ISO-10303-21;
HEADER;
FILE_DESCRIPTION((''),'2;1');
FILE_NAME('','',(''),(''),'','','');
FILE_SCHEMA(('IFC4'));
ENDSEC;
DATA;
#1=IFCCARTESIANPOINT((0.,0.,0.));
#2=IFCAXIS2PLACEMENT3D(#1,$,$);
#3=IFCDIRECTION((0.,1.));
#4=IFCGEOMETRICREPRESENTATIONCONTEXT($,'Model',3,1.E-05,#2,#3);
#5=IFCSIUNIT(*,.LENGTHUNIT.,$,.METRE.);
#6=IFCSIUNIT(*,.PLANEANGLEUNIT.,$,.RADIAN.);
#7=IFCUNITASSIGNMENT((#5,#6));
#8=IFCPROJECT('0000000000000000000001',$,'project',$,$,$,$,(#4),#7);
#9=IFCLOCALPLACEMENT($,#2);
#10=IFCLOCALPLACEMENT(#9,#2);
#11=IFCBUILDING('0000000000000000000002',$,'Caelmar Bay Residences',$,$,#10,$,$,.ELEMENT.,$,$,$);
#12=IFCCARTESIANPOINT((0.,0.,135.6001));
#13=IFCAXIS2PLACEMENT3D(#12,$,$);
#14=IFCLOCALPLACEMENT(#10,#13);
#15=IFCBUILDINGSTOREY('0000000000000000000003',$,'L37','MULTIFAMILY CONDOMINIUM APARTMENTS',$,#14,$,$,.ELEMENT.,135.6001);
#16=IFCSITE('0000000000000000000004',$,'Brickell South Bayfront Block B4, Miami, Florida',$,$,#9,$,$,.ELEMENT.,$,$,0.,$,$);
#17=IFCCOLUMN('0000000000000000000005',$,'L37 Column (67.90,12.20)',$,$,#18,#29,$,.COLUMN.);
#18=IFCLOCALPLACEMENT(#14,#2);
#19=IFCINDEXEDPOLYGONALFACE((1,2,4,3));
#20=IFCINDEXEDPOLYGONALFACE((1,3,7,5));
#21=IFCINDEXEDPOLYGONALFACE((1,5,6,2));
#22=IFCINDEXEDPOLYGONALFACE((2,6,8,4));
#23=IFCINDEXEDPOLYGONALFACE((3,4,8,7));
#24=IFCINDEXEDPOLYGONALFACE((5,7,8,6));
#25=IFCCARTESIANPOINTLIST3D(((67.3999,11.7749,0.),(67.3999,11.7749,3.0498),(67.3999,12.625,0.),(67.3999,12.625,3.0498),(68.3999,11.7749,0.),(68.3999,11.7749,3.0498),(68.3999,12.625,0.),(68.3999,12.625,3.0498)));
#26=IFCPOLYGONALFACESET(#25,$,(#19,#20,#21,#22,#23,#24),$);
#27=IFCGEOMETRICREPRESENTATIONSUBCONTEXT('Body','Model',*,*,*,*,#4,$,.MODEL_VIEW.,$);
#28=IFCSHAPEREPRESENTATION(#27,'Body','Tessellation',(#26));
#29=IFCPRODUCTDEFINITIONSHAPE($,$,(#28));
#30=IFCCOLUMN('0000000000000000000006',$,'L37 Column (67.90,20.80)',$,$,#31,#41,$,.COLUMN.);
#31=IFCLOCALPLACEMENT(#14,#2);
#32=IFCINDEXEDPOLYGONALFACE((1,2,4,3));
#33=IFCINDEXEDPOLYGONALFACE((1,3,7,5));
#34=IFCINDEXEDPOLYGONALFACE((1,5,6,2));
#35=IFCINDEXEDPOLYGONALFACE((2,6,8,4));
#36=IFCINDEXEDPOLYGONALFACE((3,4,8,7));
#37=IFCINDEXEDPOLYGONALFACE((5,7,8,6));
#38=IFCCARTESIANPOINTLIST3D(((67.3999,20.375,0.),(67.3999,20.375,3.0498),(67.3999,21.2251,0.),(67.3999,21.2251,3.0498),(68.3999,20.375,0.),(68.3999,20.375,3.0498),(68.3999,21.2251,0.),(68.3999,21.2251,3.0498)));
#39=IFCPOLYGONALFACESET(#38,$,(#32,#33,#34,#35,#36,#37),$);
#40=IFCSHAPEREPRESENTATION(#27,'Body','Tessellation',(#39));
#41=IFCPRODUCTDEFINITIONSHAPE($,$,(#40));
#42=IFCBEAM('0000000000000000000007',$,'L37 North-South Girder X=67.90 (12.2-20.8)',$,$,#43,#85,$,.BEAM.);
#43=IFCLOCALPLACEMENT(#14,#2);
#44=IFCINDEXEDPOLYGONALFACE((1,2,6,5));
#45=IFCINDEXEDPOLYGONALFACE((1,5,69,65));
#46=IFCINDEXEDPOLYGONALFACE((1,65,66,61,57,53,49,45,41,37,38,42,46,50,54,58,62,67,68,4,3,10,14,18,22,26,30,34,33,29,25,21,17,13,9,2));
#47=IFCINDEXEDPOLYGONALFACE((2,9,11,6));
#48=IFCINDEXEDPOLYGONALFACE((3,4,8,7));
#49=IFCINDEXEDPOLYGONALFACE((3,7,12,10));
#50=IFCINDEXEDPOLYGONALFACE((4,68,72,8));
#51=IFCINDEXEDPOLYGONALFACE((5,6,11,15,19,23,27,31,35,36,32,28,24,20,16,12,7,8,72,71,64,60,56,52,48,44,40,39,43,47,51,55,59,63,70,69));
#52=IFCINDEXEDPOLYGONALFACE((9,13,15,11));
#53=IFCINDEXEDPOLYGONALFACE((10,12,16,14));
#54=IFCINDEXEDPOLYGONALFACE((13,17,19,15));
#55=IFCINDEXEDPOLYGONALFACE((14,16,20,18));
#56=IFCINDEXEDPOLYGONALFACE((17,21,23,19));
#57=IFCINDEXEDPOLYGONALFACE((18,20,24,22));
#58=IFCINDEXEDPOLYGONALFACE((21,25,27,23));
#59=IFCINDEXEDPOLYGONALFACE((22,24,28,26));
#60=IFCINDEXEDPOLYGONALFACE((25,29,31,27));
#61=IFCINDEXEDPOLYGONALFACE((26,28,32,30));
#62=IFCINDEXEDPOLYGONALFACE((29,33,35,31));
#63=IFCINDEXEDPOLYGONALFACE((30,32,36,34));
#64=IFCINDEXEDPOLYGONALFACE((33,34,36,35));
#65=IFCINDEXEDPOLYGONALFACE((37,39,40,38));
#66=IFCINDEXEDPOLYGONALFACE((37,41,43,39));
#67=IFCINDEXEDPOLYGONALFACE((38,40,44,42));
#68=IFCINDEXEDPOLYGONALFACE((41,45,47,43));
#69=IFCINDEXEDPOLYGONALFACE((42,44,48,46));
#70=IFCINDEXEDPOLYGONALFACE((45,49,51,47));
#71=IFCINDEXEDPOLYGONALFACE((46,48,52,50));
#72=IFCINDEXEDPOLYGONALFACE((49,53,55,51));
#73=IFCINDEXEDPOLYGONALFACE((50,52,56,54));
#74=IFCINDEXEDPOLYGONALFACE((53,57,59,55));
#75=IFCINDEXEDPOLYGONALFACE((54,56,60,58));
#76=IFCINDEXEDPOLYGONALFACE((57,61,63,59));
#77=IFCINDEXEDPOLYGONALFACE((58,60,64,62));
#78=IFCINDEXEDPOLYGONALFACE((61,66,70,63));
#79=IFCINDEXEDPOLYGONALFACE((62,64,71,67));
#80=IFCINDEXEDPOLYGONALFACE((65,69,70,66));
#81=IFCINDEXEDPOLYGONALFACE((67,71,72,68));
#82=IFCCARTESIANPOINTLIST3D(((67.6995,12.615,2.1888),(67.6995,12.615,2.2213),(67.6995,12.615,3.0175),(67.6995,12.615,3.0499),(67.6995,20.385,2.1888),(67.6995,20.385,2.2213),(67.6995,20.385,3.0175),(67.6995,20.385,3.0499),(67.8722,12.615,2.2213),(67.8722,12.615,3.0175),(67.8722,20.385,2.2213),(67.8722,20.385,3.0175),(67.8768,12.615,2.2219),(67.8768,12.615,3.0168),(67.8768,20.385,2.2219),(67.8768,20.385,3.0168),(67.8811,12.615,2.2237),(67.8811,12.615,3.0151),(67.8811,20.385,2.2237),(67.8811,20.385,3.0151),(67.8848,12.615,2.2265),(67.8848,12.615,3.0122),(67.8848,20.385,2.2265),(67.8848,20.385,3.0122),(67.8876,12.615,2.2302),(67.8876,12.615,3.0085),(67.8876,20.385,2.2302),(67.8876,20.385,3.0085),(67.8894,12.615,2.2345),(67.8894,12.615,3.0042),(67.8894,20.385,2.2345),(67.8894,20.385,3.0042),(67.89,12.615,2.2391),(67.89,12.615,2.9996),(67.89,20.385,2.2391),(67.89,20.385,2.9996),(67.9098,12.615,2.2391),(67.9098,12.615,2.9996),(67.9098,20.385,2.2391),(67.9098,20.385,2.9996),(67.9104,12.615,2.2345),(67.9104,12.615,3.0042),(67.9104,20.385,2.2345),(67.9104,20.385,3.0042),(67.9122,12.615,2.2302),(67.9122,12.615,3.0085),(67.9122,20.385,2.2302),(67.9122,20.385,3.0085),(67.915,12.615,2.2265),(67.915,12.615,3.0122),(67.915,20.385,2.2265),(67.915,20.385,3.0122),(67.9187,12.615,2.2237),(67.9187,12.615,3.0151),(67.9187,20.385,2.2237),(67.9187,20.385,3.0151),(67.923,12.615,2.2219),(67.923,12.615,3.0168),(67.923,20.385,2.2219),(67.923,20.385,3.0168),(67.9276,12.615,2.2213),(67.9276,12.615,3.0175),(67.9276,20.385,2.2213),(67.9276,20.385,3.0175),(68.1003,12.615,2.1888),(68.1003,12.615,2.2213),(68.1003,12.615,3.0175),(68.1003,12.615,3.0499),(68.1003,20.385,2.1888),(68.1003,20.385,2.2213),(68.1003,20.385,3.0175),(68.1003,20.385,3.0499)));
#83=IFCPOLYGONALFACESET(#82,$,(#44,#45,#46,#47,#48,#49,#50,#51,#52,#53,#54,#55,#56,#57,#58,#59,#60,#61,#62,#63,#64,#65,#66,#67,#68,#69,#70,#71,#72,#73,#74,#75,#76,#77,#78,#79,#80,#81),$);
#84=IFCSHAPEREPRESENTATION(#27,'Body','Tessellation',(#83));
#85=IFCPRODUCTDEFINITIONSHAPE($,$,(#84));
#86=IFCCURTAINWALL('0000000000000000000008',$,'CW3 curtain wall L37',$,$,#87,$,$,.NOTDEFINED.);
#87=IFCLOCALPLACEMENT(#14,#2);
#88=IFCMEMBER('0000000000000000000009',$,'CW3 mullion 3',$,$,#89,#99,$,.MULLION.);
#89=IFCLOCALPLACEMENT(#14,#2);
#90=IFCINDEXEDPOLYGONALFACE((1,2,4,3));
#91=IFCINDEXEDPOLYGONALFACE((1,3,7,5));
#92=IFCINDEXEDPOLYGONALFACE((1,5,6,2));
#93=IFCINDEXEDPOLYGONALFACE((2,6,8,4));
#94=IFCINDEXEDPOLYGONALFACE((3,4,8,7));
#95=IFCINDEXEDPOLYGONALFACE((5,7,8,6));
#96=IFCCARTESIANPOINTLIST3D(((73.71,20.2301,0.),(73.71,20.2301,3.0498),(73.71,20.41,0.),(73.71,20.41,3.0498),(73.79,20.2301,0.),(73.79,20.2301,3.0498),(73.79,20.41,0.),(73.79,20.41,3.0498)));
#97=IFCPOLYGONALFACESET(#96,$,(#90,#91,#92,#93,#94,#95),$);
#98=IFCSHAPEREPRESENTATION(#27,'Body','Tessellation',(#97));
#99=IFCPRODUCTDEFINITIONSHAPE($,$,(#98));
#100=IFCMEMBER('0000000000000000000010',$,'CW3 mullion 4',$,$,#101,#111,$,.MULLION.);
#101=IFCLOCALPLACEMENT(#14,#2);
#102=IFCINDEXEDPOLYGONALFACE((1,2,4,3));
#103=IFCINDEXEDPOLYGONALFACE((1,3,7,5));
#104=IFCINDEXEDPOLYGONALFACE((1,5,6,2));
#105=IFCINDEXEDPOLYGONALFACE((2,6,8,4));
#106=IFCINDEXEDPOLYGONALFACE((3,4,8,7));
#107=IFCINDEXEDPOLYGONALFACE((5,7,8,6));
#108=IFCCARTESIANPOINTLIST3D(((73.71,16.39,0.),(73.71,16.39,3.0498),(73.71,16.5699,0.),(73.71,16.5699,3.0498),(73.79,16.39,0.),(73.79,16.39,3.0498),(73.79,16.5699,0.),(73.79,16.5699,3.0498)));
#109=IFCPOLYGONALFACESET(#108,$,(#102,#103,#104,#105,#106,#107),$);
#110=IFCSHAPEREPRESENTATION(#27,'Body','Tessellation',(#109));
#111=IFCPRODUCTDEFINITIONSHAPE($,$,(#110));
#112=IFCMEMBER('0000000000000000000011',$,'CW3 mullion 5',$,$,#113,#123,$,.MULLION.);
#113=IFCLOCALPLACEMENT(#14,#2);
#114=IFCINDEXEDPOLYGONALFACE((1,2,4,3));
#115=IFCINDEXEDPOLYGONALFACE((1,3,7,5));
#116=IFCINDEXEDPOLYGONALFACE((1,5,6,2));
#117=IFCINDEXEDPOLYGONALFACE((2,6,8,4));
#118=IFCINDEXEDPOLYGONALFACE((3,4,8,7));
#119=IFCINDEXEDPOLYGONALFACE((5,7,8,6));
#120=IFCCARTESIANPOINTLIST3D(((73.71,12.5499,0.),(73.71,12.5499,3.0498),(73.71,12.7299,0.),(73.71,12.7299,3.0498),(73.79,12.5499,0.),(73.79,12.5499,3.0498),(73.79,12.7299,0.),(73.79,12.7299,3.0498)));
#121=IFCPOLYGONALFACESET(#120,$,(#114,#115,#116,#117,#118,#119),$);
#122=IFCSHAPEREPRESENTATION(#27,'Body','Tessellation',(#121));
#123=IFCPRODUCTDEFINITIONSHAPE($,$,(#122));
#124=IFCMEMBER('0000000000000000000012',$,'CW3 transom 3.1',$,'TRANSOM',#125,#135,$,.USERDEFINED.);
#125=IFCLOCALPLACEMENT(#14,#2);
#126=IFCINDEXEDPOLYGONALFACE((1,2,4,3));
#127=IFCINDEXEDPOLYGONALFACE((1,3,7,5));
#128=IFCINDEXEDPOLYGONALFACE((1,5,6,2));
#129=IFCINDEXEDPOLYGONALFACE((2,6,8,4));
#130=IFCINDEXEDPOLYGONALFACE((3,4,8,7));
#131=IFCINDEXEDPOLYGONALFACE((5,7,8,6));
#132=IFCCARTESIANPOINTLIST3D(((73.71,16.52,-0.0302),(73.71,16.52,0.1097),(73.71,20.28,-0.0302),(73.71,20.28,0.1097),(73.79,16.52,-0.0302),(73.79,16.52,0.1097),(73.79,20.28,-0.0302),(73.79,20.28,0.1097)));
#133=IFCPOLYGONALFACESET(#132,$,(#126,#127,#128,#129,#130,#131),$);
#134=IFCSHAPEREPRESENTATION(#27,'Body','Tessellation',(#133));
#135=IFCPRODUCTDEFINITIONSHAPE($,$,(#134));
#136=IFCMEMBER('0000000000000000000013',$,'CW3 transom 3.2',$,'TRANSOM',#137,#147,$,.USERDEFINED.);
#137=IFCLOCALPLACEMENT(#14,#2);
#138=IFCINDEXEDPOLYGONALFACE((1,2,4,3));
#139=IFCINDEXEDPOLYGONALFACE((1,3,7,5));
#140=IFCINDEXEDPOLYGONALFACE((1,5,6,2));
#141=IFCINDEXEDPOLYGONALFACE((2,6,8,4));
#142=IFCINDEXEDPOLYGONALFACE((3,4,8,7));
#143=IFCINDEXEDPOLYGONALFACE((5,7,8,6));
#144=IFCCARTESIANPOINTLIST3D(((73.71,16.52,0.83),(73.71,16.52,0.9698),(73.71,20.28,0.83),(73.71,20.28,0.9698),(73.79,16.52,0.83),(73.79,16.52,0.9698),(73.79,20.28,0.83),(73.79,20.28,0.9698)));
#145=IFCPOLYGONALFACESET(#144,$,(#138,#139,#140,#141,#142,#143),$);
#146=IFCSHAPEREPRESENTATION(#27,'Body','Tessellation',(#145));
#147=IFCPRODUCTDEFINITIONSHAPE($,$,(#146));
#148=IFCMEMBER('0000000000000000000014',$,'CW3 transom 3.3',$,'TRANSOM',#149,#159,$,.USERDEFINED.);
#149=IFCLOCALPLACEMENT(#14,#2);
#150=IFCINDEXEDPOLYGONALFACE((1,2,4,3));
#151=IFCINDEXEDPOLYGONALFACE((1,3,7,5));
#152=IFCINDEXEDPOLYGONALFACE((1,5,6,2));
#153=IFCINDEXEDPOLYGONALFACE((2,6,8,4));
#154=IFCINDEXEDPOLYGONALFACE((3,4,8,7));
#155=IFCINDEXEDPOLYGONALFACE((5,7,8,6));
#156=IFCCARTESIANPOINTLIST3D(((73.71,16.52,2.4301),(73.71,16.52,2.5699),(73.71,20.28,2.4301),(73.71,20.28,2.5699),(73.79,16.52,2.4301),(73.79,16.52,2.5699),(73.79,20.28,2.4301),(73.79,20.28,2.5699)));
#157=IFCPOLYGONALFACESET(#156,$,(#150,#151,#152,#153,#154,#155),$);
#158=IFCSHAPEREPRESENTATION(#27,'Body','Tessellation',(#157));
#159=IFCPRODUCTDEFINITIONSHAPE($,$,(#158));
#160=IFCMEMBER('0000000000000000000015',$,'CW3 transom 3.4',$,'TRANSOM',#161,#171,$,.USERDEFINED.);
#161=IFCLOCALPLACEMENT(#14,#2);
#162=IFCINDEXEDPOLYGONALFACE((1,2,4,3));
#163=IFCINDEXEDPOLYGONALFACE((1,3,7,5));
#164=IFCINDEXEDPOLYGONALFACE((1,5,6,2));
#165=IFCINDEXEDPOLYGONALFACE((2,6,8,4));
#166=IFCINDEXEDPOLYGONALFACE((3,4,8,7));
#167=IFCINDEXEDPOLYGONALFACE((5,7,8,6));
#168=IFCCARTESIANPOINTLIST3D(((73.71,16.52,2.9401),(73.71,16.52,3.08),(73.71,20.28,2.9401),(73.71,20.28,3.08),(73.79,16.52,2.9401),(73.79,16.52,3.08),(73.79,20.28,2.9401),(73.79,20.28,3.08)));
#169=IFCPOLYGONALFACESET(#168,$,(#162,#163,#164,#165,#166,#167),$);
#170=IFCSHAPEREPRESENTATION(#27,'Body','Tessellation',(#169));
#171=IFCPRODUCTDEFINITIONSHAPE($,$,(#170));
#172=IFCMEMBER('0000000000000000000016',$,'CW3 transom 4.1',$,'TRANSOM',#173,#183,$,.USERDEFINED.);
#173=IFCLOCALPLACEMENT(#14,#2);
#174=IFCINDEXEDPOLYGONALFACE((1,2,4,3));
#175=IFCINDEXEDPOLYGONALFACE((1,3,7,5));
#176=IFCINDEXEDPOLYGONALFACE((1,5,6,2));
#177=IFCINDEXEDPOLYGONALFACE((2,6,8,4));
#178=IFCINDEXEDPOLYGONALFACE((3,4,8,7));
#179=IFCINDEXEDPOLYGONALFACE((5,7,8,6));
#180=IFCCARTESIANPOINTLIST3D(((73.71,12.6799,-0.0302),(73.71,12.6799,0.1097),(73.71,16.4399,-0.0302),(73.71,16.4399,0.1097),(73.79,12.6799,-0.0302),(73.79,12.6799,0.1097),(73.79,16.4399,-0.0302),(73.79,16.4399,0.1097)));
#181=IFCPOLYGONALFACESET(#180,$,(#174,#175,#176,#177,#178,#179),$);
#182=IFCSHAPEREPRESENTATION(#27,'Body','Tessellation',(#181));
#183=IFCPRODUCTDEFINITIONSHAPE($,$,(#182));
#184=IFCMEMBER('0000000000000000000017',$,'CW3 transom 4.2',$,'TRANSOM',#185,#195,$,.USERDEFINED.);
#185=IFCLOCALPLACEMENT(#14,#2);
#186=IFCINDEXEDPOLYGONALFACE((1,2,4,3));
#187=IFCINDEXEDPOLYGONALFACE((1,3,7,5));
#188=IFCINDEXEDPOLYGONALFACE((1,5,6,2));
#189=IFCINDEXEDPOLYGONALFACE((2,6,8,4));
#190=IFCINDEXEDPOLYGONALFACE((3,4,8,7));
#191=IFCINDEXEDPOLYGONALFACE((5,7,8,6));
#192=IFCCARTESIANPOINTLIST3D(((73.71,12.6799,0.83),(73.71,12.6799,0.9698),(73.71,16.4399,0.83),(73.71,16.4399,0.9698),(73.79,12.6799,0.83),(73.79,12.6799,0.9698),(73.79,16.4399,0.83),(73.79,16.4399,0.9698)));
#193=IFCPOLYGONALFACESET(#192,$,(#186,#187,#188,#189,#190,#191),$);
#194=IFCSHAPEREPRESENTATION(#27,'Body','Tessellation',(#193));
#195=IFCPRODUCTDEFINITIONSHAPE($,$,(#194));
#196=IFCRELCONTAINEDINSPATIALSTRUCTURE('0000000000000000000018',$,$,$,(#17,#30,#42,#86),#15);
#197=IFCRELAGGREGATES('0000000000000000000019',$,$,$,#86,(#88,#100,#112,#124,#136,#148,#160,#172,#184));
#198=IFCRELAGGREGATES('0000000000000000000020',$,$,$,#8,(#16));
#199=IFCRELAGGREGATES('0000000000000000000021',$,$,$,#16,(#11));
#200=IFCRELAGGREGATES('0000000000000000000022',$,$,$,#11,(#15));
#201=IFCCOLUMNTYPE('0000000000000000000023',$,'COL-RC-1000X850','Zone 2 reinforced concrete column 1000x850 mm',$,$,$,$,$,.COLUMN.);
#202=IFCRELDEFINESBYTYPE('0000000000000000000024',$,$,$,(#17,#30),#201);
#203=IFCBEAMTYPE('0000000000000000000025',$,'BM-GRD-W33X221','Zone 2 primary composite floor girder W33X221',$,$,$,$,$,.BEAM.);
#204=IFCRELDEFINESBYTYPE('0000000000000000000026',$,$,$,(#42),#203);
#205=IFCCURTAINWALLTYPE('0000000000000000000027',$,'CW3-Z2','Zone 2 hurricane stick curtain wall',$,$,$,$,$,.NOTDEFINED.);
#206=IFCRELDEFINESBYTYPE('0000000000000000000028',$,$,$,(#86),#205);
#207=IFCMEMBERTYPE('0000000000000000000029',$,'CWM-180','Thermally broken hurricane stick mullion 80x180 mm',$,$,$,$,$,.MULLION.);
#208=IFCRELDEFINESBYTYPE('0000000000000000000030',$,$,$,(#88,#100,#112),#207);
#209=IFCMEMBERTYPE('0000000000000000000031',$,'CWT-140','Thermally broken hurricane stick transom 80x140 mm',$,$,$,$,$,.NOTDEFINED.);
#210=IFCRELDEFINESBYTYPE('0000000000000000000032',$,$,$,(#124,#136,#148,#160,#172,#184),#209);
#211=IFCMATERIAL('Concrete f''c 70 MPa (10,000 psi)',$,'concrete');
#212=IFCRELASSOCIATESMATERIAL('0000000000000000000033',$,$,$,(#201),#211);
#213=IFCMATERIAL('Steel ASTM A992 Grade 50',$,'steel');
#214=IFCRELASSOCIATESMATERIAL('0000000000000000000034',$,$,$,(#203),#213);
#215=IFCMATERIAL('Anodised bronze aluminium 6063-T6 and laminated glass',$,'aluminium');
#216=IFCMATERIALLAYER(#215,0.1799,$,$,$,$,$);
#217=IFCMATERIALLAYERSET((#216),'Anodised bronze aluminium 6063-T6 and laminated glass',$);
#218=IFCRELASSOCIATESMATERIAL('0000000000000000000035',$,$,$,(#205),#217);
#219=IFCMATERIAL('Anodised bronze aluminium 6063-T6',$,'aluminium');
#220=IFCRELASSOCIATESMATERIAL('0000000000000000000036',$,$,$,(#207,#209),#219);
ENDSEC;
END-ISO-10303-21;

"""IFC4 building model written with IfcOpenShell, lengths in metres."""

from ifc_helpers import new_model, si_unit, direction, frame, origin, origin_2d, place, context, subcontext, project, spatial, rectangle, i_section, extrude, material, layer, layer_set, material_profile, profile_set, type_object, element, aggregate, save


model = new_model("IFC4")

# Units and contexts
model_context = context("Model", 3, precision=1e-05, world=origin(), true_north=direction((0.0, 1.0)))
body_context = subcontext(model_context, "Body", "Model", "MODEL_VIEW")
ifc_project = project(units=[si_unit("LENGTHUNIT", "METRE"), si_unit("PLANEANGLEUNIT", "RADIAN")], contexts=[model_context])

# Site, building, storey
site_placement = place(None, origin())
site = spatial("IfcSite", under=ifc_project, at=site_placement, Name="Brickell South Bayfront Block B4, Miami, Florida", CompositionType="ELEMENT", RefElevation=0.0)
building_placement = place(site_placement, origin())
building = spatial("IfcBuilding", under=site, at=building_placement, Name="Caelmar Bay Residences", CompositionType="ELEMENT")
storey_placement = place(building_placement, frame((0.0, 0.0, 135.6001)))
storey = spatial("IfcBuildingStorey", under=building, at=storey_placement, Name="L37", Description="MULTIFAMILY CONDOMINIUM APARTMENTS", CompositionType="ELEMENT", Elevation=135.6001)

# Columns
ifc_material_1 = material(Name="Concrete f'c 70 MPa (10,000 psi)", Category="concrete")
ifc_material_profile_1 = material_profile(ifc_material_1, rectangle(XDim=1.0, YDim=0.8501, at=origin_2d()), Name="RC-COL-1000X850")
ifc_profile_set_1 = profile_set([ifc_material_profile_1], Name="Concrete f'c 70 MPa (10,000 psi)")
column_type = type_object("IfcColumnType", Name="COL-RC-1000X850", Description="Zone 2 reinforced concrete column 1000x850 mm", PredefinedType="COLUMN", material=ifc_profile_set_1)
for number, where, z_axis, x_axis, name in (
    (1, (67.8999, 12.2, 0.0), (0.0, 0.0, 1.0), (1.0, 0.0, 0.0), "L37 Column (67.90,12.20)"),
    (2, (67.8999, 20.8, 0.0), (0.0, 0.0, 1.0), (1.0, 0.0, 0.0), "L37 Column (67.90,20.80)"),
):
    element("IfcColumn", number, at=place(storey_placement, frame(where, z_axis=z_axis, x_axis=x_axis)), inside=storey, type_object=column_type, Name=name, PredefinedType="COLUMN", context=body_context, shape_type="SweptSolid", body=[
        extrude(rectangle(XDim=1.0, YDim=0.8501, at=origin_2d()), origin(), (0.0, 0.0, 1.0), 3.0498),
    ])

# Beam
ifc_material_2 = material(Name="Steel ASTM A992 Grade 50", Category="steel")
ifc_material_profile_2 = material_profile(ifc_material_2, i_section(OverallWidth=0.4009, OverallDepth=0.8611, WebThickness=0.0198, FlangeThickness=0.0325, FilletRadius=0.0178, at=origin_2d()), Name="W33X221")
ifc_profile_set_2 = profile_set([ifc_material_profile_2], Name="Steel ASTM A992 Grade 50")
beam_type = type_object("IfcBeamType", Name="BM-GRD-W33X221", Description="Zone 2 primary composite floor girder W33X221", PredefinedType="BEAM", material=ifc_profile_set_2)
beam_placement = place(storey_placement, frame((67.8999, 12.615, 2.6194), z_axis=(0.0, 1.0, 0.0), x_axis=(-1.0, 0.0, 0.0)))
element("IfcBeam", 3, at=beam_placement, inside=storey, type_object=beam_type, Name="L37 North-South Girder X=67.90 (12.2-20.8)", PredefinedType="BEAM", context=body_context, shape_type="SweptSolid", body=[
    extrude(i_section(OverallWidth=0.4009, OverallDepth=0.8611, WebThickness=0.0198, FlangeThickness=0.0325, FilletRadius=0.0178, at=origin_2d()), origin(), (0.0, 0.0, 1.0), 7.77),
])

# Curtain wall, members
ifc_material_3 = material(Name="Anodised bronze aluminium 6063-T6 and laminated glass", Category="aluminium")
ifc_layer_1 = layer(ifc_material_3, 0.1799)
ifc_layer_set_1 = layer_set([ifc_layer_1], Name="Anodised bronze aluminium 6063-T6 and laminated glass")
curtain_wall_type = type_object("IfcCurtainWallType", Name="CW3-Z2", Description="Zone 2 hurricane stick curtain wall", PredefinedType="NOTDEFINED", material=ifc_layer_set_1)
curtain_wall_placement = place(storey_placement, origin())
curtain_wall = element("IfcCurtainWall", 4, at=curtain_wall_placement, inside=storey, type_object=curtain_wall_type, Name="CW3 curtain wall L37", PredefinedType="NOTDEFINED")
ifc_material_4 = material(Name="Anodised bronze aluminium 6063-T6", Category="aluminium")
ifc_material_profile_3 = material_profile(ifc_material_4, rectangle(XDim=0.0801, YDim=0.1799, at=origin_2d()), Name="CWM-80X180")
ifc_profile_set_3 = profile_set([ifc_material_profile_3], Name="Anodised bronze aluminium 6063-T6")
member_type_1 = type_object("IfcMemberType", Name="CWM-180", Description="Thermally broken hurricane stick mullion 80x180 mm", PredefinedType="MULLION", material=ifc_profile_set_3)
member_1_placement = place(storey_placement, frame((73.75, 20.3201, 0.0), z_axis=(0.0, 0.0, 1.0), x_axis=(1.0, 0.0, 0.0)))
member_1 = element("IfcMember", 5, at=member_1_placement, type_object=member_type_1, Name="CW3 mullion 3", PredefinedType="MULLION", context=body_context, shape_type="SweptSolid", body=[
    extrude(rectangle(XDim=0.0801, YDim=0.1799, at=origin_2d()), origin(), (0.0, 0.0, 1.0), 3.0498),
])
member_2_placement = place(storey_placement, frame((73.75, 16.48, 0.0), z_axis=(0.0, 0.0, 1.0), x_axis=(1.0, 0.0, 0.0)))
member_2 = element("IfcMember", 6, at=member_2_placement, type_object=member_type_1, Name="CW3 mullion 4", PredefinedType="MULLION", context=body_context, shape_type="SweptSolid", body=[
    extrude(rectangle(XDim=0.0801, YDim=0.1799, at=origin_2d()), origin(), (0.0, 0.0, 1.0), 3.0498),
])
member_3_placement = place(storey_placement, frame((73.75, 12.6399, 0.0), z_axis=(0.0, 0.0, 1.0), x_axis=(1.0, 0.0, 0.0)))
member_3 = element("IfcMember", 7, at=member_3_placement, type_object=member_type_1, Name="CW3 mullion 5", PredefinedType="MULLION", context=body_context, shape_type="SweptSolid", body=[
    extrude(rectangle(XDim=0.0801, YDim=0.1799, at=origin_2d()), origin(), (0.0, 0.0, 1.0), 3.0498),
])
ifc_material_profile_4 = material_profile(ifc_material_4, rectangle(XDim=0.0801, YDim=0.1399, at=origin_2d()), Name="CWT-80X140")
ifc_profile_set_4 = profile_set([ifc_material_profile_4], Name="Anodised bronze aluminium 6063-T6")
member_type_2 = type_object("IfcMemberType", Name="CWT-140", Description="Thermally broken hurricane stick transom 80x140 mm", PredefinedType="NOTDEFINED", material=ifc_profile_set_4)
member_4_placement = place(storey_placement, frame((73.75, 20.28, 0.0398), z_axis=(0.0, -1.0, 0.0), x_axis=(1.0, 0.0, 0.0)))
member_4 = element("IfcMember", 8, at=member_4_placement, type_object=member_type_2, Name="CW3 transom 3.1", ObjectType="TRANSOM", PredefinedType="USERDEFINED", context=body_context, shape_type="SweptSolid", body=[
    extrude(rectangle(XDim=0.0801, YDim=0.1399, at=origin_2d()), origin(), (0.0, 0.0, 1.0), 3.76),
])
member_5_placement = place(storey_placement, frame((73.75, 20.28, 0.8999), z_axis=(0.0, -1.0, 0.0), x_axis=(1.0, 0.0, 0.0)))
member_5 = element("IfcMember", 9, at=member_5_placement, type_object=member_type_2, Name="CW3 transom 3.2", ObjectType="TRANSOM", PredefinedType="USERDEFINED", context=body_context, shape_type="SweptSolid", body=[
    extrude(rectangle(XDim=0.0801, YDim=0.1399, at=origin_2d()), origin(), (0.0, 0.0, 1.0), 3.76),
])
member_6_placement = place(storey_placement, frame((73.75, 20.28, 2.5), z_axis=(0.0, -1.0, 0.0), x_axis=(1.0, 0.0, 0.0)))
member_6 = element("IfcMember", 10, at=member_6_placement, type_object=member_type_2, Name="CW3 transom 3.3", ObjectType="TRANSOM", PredefinedType="USERDEFINED", context=body_context, shape_type="SweptSolid", body=[
    extrude(rectangle(XDim=0.0801, YDim=0.1399, at=origin_2d()), origin(), (0.0, 0.0, 1.0), 3.76),
])
member_7_placement = place(storey_placement, frame((73.75, 20.28, 3.01), z_axis=(0.0, -1.0, 0.0), x_axis=(1.0, 0.0, 0.0)))
member_7 = element("IfcMember", 11, at=member_7_placement, type_object=member_type_2, Name="CW3 transom 3.4", ObjectType="TRANSOM", PredefinedType="USERDEFINED", context=body_context, shape_type="SweptSolid", body=[
    extrude(rectangle(XDim=0.0801, YDim=0.1399, at=origin_2d()), origin(), (0.0, 0.0, 1.0), 3.76),
])
member_8_placement = place(storey_placement, frame((73.75, 16.4399, 0.0398), z_axis=(0.0, -1.0, 0.0), x_axis=(1.0, 0.0, 0.0)))
member_8 = element("IfcMember", 12, at=member_8_placement, type_object=member_type_2, Name="CW3 transom 4.1", ObjectType="TRANSOM", PredefinedType="USERDEFINED", context=body_context, shape_type="SweptSolid", body=[
    extrude(rectangle(XDim=0.0801, YDim=0.1399, at=origin_2d()), origin(), (0.0, 0.0, 1.0), 3.76),
])
member_9_placement = place(storey_placement, frame((73.75, 16.4399, 0.8999), z_axis=(0.0, -1.0, 0.0), x_axis=(1.0, 0.0, 0.0)))
member_9 = element("IfcMember", 13, at=member_9_placement, type_object=member_type_2, Name="CW3 transom 4.2", ObjectType="TRANSOM", PredefinedType="USERDEFINED", context=body_context, shape_type="SweptSolid", body=[
    extrude(rectangle(XDim=0.0801, YDim=0.1399, at=origin_2d()), origin(), (0.0, 0.0, 1.0), 3.76),
])
aggregate(curtain_wall, [member_1, member_2, member_3, member_4, member_5, member_6, member_7, member_8, member_9])

save(model, "model.ifc")
